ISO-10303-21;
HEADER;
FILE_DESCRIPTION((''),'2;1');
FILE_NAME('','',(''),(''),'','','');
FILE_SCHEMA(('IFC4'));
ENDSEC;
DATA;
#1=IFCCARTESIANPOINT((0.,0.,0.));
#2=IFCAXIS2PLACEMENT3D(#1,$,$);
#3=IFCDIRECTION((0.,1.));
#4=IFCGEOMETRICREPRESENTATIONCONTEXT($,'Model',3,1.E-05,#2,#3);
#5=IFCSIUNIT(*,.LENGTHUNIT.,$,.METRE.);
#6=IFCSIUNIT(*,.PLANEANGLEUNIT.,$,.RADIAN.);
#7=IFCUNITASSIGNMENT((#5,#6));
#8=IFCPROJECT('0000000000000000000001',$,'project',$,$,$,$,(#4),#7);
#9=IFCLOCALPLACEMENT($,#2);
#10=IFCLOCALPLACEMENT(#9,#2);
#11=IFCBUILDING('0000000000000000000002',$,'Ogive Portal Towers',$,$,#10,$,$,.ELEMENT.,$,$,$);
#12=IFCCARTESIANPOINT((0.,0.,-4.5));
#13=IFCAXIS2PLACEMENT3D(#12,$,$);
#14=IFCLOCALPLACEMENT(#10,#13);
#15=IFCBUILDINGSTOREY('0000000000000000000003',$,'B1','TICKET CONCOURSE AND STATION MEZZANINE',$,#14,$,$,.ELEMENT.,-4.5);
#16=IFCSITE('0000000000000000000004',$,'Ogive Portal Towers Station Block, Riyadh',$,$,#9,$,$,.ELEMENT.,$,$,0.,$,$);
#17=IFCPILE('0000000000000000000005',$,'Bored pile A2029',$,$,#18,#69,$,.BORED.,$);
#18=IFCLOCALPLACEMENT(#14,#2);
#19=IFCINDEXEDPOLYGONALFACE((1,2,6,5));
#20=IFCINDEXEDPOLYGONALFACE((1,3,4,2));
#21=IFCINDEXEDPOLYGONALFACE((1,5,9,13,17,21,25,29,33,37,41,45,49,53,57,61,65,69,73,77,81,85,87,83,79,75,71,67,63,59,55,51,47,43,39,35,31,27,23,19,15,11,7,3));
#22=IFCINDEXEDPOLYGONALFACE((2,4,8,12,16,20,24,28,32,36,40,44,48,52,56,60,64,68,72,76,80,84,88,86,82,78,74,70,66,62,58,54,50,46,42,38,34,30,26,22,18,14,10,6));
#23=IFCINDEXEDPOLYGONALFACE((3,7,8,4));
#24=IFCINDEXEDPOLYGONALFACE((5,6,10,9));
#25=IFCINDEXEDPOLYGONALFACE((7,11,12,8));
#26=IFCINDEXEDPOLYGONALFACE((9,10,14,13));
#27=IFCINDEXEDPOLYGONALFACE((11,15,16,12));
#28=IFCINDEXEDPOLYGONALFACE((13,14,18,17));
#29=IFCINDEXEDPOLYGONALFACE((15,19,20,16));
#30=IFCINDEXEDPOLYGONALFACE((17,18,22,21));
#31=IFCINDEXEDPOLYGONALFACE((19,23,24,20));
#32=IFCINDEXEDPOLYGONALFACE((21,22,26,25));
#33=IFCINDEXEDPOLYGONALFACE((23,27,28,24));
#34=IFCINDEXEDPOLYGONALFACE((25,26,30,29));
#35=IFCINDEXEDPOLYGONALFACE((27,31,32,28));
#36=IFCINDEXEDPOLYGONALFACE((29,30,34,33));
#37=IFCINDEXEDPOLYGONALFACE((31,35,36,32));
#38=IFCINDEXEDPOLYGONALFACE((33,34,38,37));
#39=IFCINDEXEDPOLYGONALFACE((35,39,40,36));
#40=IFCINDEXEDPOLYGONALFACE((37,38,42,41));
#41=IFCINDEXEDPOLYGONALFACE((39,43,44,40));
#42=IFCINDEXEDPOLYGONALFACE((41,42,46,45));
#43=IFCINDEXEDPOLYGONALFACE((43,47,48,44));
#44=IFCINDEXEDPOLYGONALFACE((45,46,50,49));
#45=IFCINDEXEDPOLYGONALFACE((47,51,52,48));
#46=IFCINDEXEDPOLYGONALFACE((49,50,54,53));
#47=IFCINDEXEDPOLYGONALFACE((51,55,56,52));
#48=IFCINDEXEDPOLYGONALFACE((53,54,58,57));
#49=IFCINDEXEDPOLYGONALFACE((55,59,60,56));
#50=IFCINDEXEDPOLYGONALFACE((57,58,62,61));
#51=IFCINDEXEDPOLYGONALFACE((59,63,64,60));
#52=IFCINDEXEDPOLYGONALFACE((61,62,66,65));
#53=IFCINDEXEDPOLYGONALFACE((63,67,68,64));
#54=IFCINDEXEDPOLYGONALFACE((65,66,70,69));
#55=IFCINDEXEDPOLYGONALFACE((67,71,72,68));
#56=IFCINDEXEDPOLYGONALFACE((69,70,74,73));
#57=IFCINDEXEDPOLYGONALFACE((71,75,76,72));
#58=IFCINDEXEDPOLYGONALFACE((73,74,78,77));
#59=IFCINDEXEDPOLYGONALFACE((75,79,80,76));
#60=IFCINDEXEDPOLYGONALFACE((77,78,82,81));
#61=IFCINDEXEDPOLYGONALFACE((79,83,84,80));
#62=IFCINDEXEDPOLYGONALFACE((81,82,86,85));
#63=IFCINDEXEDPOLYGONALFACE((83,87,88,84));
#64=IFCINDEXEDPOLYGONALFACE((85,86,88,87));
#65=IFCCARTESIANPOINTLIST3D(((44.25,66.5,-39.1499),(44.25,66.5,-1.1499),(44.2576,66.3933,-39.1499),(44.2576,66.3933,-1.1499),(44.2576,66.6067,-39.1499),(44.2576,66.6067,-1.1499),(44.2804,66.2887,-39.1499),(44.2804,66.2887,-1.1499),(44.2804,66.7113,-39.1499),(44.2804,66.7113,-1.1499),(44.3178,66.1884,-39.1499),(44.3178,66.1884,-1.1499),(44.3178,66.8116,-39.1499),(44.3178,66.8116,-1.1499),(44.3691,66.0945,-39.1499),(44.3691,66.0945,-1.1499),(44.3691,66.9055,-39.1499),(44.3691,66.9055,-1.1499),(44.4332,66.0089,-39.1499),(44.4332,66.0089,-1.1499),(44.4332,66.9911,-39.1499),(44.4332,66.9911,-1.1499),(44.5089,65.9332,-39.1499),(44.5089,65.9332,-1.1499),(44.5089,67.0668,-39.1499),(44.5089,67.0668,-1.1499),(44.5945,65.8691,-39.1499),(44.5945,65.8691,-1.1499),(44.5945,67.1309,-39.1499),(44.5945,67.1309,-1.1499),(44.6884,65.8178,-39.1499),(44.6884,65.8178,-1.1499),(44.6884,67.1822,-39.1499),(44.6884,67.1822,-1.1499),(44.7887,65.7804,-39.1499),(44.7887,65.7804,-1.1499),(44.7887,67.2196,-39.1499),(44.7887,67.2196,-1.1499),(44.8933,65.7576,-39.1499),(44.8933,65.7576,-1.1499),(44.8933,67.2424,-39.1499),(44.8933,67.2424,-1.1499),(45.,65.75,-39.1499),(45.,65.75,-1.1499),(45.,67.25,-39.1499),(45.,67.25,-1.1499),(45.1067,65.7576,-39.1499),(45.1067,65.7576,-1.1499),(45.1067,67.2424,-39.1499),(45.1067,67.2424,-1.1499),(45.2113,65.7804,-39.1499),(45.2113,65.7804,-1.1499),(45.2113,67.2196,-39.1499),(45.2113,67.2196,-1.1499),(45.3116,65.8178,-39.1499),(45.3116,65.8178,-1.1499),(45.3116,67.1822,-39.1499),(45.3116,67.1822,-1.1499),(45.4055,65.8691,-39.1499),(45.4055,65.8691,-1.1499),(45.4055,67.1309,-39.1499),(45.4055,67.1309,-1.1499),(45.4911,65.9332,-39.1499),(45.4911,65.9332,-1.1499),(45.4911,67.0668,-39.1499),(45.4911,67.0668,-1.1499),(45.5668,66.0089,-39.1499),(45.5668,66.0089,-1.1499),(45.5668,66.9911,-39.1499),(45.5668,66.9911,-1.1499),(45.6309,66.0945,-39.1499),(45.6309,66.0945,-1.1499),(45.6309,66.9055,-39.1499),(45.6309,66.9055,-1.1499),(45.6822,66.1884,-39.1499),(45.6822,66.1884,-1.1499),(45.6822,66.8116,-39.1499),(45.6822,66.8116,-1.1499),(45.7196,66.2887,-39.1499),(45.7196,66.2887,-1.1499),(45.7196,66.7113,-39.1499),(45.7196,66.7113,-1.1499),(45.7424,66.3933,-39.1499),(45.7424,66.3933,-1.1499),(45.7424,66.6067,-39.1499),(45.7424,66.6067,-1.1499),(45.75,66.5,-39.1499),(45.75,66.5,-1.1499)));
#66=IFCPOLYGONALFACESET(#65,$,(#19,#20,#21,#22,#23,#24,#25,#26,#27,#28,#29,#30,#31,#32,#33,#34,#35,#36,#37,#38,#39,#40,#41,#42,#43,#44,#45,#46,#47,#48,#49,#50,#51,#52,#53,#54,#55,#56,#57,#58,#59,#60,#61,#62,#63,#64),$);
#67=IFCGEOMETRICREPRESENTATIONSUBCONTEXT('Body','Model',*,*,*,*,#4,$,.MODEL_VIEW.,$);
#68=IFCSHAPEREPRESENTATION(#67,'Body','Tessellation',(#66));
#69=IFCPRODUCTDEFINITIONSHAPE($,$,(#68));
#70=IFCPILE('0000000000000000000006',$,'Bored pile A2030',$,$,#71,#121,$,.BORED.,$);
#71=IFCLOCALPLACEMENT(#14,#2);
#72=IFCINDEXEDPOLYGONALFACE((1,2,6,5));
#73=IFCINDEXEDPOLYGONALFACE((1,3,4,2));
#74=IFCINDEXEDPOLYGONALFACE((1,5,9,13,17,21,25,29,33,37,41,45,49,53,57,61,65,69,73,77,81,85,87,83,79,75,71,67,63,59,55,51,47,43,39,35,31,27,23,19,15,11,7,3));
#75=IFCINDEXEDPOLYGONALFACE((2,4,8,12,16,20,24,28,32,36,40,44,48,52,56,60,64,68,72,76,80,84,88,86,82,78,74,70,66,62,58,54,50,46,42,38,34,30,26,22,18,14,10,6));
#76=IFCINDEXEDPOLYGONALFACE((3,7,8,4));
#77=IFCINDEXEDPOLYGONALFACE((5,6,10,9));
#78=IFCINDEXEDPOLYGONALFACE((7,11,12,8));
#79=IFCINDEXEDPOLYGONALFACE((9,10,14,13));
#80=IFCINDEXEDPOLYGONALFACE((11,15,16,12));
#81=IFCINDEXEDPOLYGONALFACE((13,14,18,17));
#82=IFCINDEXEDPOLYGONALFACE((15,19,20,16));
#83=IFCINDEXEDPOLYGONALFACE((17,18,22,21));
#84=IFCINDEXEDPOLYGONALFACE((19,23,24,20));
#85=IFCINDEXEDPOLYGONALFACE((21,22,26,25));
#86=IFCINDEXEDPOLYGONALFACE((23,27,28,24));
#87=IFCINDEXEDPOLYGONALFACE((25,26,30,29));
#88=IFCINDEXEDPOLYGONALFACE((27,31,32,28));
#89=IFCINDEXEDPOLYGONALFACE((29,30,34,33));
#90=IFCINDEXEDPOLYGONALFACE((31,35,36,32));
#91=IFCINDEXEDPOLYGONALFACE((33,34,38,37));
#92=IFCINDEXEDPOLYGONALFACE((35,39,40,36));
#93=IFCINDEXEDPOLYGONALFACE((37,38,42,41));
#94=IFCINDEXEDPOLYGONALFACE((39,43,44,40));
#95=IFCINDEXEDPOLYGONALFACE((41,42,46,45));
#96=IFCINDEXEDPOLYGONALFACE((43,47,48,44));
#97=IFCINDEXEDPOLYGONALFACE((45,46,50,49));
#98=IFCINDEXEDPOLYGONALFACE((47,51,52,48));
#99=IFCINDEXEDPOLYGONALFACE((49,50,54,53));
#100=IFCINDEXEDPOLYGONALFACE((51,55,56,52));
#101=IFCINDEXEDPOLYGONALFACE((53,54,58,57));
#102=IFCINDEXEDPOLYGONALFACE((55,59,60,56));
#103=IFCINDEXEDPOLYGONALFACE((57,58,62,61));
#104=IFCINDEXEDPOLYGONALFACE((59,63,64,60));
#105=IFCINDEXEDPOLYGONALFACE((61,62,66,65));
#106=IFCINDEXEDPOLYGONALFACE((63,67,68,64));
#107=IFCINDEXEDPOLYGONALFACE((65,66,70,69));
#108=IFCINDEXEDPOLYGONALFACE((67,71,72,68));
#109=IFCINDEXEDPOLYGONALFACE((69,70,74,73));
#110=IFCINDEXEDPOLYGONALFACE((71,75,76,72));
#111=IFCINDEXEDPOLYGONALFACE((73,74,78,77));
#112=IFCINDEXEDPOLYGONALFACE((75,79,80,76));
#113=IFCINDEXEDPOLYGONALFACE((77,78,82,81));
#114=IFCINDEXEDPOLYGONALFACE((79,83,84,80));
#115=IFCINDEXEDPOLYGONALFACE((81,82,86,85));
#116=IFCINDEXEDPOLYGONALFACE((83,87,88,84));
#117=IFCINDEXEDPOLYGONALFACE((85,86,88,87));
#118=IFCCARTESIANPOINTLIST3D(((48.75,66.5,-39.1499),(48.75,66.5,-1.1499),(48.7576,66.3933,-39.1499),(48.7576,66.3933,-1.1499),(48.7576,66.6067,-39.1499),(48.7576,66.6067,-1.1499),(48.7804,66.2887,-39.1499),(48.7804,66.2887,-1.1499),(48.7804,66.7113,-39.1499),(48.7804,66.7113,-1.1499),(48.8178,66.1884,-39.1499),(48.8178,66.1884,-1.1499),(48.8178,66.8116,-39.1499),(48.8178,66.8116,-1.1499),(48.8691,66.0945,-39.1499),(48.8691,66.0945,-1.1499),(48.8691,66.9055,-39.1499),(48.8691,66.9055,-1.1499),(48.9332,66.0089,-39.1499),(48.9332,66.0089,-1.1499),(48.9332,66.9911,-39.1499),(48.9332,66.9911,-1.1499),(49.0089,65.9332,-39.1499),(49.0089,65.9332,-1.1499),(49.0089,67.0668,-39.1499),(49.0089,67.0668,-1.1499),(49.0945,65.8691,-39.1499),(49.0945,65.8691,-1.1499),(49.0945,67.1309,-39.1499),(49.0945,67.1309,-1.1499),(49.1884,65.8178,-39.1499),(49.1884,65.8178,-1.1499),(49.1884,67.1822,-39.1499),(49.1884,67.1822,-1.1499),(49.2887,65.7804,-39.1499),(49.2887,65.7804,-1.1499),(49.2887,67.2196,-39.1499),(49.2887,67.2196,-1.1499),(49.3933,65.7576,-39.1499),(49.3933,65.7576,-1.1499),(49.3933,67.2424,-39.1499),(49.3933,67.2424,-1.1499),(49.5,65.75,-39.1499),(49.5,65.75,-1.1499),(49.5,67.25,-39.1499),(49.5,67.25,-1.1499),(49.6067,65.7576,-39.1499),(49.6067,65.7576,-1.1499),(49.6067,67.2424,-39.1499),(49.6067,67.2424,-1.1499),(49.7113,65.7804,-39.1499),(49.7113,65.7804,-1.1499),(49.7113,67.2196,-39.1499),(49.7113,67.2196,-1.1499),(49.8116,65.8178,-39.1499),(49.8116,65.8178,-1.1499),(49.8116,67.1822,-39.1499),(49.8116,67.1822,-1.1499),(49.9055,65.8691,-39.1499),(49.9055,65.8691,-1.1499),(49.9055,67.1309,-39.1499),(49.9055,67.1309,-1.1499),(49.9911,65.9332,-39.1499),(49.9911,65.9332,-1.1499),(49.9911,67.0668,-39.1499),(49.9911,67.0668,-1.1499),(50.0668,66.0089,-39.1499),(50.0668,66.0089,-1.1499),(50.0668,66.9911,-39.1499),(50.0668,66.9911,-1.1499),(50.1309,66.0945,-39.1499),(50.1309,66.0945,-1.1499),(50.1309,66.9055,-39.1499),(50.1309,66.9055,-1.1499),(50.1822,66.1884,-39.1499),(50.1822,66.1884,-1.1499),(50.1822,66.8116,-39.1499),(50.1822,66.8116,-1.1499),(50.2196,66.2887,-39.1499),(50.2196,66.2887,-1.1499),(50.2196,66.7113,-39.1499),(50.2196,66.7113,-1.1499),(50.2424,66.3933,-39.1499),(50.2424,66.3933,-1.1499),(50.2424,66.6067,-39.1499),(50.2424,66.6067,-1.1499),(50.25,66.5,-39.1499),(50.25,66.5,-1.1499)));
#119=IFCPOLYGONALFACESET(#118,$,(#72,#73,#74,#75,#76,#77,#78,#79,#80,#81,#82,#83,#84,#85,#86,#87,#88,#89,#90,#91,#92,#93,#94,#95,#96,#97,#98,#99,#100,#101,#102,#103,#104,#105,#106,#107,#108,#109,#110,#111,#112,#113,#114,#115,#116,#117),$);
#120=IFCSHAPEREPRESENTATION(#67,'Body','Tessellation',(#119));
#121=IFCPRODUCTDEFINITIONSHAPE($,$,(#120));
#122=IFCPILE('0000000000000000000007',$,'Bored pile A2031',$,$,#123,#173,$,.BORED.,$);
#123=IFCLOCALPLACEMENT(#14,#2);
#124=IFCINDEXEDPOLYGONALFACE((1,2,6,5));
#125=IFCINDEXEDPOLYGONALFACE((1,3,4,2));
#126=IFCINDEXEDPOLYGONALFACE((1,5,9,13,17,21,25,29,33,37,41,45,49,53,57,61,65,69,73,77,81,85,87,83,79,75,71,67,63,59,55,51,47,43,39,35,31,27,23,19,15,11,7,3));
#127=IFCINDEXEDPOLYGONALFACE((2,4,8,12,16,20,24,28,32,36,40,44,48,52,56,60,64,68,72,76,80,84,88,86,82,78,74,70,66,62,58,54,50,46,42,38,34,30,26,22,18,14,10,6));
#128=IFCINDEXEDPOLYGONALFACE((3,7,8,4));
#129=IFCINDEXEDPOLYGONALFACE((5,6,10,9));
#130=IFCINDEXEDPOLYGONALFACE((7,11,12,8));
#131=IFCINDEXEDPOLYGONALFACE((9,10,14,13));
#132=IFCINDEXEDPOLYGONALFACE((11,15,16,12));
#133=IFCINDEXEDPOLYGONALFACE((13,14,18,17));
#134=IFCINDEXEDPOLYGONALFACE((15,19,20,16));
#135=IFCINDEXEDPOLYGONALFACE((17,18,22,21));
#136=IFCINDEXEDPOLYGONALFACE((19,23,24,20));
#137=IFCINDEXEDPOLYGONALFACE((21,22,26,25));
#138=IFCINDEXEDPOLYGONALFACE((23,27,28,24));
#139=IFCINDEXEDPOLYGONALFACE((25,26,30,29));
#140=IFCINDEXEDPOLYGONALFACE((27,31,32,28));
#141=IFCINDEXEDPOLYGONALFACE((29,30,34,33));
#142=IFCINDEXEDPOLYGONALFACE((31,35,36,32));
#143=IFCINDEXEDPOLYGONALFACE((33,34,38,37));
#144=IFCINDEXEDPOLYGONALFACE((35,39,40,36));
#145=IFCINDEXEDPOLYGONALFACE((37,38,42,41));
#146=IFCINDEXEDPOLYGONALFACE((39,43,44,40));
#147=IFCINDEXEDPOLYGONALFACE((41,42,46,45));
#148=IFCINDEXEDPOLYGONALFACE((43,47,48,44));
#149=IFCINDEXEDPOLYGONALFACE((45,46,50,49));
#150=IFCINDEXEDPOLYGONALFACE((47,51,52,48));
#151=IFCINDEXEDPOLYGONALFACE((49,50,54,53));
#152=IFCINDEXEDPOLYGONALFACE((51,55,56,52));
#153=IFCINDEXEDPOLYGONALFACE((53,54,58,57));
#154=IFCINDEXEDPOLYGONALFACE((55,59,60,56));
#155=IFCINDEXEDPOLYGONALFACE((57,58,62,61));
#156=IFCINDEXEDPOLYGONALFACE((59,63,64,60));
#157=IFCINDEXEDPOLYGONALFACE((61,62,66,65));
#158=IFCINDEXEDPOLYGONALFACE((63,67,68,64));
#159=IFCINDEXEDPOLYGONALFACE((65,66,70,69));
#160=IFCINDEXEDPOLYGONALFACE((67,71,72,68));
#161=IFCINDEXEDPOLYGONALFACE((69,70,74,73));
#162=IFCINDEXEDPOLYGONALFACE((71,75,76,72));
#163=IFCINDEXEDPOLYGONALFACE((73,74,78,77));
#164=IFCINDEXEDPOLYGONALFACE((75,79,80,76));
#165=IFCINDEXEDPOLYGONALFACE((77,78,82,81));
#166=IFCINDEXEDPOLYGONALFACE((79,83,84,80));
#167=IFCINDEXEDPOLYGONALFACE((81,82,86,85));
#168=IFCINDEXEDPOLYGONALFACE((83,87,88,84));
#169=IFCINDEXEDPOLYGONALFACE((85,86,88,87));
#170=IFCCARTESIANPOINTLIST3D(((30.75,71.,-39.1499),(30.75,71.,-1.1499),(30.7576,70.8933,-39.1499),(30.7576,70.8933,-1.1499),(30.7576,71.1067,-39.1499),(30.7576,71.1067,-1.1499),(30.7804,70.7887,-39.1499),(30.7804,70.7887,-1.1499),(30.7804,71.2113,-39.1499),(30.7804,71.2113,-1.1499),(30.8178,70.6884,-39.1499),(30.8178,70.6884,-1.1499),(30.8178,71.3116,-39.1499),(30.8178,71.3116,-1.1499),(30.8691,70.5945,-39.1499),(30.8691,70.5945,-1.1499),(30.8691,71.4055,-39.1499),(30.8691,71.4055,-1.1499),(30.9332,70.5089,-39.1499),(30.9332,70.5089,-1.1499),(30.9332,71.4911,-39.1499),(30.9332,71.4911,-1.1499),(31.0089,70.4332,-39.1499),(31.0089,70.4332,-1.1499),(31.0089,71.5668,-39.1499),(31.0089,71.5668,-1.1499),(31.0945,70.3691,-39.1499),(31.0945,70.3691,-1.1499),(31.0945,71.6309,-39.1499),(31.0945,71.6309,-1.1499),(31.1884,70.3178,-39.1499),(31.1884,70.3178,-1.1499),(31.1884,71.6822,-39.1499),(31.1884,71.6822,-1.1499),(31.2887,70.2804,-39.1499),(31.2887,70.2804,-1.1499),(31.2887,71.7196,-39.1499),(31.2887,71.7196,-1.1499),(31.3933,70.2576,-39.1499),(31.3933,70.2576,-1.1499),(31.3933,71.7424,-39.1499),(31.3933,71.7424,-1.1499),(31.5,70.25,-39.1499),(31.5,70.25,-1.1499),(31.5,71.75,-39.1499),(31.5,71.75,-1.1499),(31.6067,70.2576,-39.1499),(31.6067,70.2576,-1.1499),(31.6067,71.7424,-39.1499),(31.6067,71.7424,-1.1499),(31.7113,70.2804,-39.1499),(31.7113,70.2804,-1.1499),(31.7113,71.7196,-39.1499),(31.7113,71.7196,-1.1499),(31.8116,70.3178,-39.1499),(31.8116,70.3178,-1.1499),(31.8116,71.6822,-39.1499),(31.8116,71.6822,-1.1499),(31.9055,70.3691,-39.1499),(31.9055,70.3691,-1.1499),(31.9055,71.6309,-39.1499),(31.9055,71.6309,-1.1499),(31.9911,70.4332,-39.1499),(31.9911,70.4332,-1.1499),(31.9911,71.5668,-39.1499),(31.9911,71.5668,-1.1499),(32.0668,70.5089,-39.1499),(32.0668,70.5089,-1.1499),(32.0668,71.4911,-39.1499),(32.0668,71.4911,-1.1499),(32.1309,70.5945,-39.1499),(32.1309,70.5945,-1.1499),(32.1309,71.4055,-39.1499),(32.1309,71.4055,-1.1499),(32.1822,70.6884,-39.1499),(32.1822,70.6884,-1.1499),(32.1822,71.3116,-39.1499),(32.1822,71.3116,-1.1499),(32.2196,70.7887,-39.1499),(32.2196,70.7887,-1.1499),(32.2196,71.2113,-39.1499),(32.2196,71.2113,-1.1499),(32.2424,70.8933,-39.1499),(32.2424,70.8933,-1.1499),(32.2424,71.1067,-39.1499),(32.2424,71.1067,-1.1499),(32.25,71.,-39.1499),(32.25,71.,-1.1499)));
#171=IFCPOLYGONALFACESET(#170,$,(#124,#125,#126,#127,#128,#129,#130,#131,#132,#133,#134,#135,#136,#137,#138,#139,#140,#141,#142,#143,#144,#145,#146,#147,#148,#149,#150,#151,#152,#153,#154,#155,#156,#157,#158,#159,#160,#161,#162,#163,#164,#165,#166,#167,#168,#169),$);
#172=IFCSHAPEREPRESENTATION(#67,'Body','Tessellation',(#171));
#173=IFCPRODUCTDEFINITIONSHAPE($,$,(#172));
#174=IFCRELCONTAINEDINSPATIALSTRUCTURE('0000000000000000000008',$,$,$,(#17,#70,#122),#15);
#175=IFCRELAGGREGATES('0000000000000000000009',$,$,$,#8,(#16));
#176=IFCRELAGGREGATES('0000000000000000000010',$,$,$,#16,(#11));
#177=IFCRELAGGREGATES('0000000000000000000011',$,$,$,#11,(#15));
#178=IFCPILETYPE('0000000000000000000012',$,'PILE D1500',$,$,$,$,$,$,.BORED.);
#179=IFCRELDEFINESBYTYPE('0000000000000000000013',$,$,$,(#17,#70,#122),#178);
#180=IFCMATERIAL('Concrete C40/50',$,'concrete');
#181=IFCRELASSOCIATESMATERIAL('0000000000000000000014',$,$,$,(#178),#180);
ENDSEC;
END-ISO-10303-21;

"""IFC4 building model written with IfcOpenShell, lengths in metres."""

from ifc_helpers import new_model, si_unit, direction, frame, origin, origin_2d, place, context, subcontext, project, spatial, circle, extrude, material, material_profile, profile_set, type_object, element, save


model = new_model("IFC4")

# Units and contexts
model_context = context("Model", 3, precision=1e-05, world=origin(), true_north=direction((0.0, 1.0)))
body_context = subcontext(model_context, "Body", "Model", "MODEL_VIEW")
ifc_project = project(units=[si_unit("LENGTHUNIT", "METRE"), si_unit("PLANEANGLEUNIT", "RADIAN")], contexts=[model_context])

# Site, building, storey
site_placement = place(None, origin())
site = spatial("IfcSite", under=ifc_project, at=site_placement, Name="Ogive Portal Towers Station Block, Riyadh", CompositionType="ELEMENT", RefElevation=0.0)
building_placement = place(site_placement, origin())
building = spatial("IfcBuilding", under=site, at=building_placement, Name="Ogive Portal Towers", CompositionType="ELEMENT")
storey_placement = place(building_placement, frame((0.0, 0.0, -4.5)))
storey = spatial("IfcBuildingStorey", under=building, at=storey_placement, Name="B1", Description="TICKET CONCOURSE AND STATION MEZZANINE", CompositionType="ELEMENT", Elevation=-4.5)

# Piles
ifc_material_1 = material(Name="Concrete C40/50", Category="concrete")
ifc_material_profile_1 = material_profile(ifc_material_1, circle(Radius=0.75, at=origin_2d()), Name="PILE D1500")
ifc_profile_set_1 = profile_set([ifc_material_profile_1], Name="Concrete C40/50")
pile_type = type_object("IfcPileType", Name="PILE D1500", PredefinedType="BORED", material=ifc_profile_set_1)
for number, where, z_axis, x_axis, name in (
    (1, (45.0, 66.5, -1.1499), (0.0, 0.0, -1.0), (1.0, 0.0, 0.0), "Bored pile A2029"),
    (2, (49.5, 66.5, -1.1499), (0.0, 0.0, -1.0), (1.0, 0.0, 0.0), "Bored pile A2030"),
    (3, (31.5, 71.0, -1.1499), (0.0, 0.0, -1.0), (1.0, 0.0, 0.0), "Bored pile A2031"),
):
    element("IfcPile", number, at=place(storey_placement, frame(where, z_axis=z_axis, x_axis=x_axis)), inside=storey, type_object=pile_type, Name=name, PredefinedType="BORED", context=body_context, shape_type="SweptSolid", body=[
        extrude(circle(Radius=0.75, at=origin_2d()), origin(), (0.0, 0.0, 1.0), 38.0),
    ])

save(model, "model.ifc")
